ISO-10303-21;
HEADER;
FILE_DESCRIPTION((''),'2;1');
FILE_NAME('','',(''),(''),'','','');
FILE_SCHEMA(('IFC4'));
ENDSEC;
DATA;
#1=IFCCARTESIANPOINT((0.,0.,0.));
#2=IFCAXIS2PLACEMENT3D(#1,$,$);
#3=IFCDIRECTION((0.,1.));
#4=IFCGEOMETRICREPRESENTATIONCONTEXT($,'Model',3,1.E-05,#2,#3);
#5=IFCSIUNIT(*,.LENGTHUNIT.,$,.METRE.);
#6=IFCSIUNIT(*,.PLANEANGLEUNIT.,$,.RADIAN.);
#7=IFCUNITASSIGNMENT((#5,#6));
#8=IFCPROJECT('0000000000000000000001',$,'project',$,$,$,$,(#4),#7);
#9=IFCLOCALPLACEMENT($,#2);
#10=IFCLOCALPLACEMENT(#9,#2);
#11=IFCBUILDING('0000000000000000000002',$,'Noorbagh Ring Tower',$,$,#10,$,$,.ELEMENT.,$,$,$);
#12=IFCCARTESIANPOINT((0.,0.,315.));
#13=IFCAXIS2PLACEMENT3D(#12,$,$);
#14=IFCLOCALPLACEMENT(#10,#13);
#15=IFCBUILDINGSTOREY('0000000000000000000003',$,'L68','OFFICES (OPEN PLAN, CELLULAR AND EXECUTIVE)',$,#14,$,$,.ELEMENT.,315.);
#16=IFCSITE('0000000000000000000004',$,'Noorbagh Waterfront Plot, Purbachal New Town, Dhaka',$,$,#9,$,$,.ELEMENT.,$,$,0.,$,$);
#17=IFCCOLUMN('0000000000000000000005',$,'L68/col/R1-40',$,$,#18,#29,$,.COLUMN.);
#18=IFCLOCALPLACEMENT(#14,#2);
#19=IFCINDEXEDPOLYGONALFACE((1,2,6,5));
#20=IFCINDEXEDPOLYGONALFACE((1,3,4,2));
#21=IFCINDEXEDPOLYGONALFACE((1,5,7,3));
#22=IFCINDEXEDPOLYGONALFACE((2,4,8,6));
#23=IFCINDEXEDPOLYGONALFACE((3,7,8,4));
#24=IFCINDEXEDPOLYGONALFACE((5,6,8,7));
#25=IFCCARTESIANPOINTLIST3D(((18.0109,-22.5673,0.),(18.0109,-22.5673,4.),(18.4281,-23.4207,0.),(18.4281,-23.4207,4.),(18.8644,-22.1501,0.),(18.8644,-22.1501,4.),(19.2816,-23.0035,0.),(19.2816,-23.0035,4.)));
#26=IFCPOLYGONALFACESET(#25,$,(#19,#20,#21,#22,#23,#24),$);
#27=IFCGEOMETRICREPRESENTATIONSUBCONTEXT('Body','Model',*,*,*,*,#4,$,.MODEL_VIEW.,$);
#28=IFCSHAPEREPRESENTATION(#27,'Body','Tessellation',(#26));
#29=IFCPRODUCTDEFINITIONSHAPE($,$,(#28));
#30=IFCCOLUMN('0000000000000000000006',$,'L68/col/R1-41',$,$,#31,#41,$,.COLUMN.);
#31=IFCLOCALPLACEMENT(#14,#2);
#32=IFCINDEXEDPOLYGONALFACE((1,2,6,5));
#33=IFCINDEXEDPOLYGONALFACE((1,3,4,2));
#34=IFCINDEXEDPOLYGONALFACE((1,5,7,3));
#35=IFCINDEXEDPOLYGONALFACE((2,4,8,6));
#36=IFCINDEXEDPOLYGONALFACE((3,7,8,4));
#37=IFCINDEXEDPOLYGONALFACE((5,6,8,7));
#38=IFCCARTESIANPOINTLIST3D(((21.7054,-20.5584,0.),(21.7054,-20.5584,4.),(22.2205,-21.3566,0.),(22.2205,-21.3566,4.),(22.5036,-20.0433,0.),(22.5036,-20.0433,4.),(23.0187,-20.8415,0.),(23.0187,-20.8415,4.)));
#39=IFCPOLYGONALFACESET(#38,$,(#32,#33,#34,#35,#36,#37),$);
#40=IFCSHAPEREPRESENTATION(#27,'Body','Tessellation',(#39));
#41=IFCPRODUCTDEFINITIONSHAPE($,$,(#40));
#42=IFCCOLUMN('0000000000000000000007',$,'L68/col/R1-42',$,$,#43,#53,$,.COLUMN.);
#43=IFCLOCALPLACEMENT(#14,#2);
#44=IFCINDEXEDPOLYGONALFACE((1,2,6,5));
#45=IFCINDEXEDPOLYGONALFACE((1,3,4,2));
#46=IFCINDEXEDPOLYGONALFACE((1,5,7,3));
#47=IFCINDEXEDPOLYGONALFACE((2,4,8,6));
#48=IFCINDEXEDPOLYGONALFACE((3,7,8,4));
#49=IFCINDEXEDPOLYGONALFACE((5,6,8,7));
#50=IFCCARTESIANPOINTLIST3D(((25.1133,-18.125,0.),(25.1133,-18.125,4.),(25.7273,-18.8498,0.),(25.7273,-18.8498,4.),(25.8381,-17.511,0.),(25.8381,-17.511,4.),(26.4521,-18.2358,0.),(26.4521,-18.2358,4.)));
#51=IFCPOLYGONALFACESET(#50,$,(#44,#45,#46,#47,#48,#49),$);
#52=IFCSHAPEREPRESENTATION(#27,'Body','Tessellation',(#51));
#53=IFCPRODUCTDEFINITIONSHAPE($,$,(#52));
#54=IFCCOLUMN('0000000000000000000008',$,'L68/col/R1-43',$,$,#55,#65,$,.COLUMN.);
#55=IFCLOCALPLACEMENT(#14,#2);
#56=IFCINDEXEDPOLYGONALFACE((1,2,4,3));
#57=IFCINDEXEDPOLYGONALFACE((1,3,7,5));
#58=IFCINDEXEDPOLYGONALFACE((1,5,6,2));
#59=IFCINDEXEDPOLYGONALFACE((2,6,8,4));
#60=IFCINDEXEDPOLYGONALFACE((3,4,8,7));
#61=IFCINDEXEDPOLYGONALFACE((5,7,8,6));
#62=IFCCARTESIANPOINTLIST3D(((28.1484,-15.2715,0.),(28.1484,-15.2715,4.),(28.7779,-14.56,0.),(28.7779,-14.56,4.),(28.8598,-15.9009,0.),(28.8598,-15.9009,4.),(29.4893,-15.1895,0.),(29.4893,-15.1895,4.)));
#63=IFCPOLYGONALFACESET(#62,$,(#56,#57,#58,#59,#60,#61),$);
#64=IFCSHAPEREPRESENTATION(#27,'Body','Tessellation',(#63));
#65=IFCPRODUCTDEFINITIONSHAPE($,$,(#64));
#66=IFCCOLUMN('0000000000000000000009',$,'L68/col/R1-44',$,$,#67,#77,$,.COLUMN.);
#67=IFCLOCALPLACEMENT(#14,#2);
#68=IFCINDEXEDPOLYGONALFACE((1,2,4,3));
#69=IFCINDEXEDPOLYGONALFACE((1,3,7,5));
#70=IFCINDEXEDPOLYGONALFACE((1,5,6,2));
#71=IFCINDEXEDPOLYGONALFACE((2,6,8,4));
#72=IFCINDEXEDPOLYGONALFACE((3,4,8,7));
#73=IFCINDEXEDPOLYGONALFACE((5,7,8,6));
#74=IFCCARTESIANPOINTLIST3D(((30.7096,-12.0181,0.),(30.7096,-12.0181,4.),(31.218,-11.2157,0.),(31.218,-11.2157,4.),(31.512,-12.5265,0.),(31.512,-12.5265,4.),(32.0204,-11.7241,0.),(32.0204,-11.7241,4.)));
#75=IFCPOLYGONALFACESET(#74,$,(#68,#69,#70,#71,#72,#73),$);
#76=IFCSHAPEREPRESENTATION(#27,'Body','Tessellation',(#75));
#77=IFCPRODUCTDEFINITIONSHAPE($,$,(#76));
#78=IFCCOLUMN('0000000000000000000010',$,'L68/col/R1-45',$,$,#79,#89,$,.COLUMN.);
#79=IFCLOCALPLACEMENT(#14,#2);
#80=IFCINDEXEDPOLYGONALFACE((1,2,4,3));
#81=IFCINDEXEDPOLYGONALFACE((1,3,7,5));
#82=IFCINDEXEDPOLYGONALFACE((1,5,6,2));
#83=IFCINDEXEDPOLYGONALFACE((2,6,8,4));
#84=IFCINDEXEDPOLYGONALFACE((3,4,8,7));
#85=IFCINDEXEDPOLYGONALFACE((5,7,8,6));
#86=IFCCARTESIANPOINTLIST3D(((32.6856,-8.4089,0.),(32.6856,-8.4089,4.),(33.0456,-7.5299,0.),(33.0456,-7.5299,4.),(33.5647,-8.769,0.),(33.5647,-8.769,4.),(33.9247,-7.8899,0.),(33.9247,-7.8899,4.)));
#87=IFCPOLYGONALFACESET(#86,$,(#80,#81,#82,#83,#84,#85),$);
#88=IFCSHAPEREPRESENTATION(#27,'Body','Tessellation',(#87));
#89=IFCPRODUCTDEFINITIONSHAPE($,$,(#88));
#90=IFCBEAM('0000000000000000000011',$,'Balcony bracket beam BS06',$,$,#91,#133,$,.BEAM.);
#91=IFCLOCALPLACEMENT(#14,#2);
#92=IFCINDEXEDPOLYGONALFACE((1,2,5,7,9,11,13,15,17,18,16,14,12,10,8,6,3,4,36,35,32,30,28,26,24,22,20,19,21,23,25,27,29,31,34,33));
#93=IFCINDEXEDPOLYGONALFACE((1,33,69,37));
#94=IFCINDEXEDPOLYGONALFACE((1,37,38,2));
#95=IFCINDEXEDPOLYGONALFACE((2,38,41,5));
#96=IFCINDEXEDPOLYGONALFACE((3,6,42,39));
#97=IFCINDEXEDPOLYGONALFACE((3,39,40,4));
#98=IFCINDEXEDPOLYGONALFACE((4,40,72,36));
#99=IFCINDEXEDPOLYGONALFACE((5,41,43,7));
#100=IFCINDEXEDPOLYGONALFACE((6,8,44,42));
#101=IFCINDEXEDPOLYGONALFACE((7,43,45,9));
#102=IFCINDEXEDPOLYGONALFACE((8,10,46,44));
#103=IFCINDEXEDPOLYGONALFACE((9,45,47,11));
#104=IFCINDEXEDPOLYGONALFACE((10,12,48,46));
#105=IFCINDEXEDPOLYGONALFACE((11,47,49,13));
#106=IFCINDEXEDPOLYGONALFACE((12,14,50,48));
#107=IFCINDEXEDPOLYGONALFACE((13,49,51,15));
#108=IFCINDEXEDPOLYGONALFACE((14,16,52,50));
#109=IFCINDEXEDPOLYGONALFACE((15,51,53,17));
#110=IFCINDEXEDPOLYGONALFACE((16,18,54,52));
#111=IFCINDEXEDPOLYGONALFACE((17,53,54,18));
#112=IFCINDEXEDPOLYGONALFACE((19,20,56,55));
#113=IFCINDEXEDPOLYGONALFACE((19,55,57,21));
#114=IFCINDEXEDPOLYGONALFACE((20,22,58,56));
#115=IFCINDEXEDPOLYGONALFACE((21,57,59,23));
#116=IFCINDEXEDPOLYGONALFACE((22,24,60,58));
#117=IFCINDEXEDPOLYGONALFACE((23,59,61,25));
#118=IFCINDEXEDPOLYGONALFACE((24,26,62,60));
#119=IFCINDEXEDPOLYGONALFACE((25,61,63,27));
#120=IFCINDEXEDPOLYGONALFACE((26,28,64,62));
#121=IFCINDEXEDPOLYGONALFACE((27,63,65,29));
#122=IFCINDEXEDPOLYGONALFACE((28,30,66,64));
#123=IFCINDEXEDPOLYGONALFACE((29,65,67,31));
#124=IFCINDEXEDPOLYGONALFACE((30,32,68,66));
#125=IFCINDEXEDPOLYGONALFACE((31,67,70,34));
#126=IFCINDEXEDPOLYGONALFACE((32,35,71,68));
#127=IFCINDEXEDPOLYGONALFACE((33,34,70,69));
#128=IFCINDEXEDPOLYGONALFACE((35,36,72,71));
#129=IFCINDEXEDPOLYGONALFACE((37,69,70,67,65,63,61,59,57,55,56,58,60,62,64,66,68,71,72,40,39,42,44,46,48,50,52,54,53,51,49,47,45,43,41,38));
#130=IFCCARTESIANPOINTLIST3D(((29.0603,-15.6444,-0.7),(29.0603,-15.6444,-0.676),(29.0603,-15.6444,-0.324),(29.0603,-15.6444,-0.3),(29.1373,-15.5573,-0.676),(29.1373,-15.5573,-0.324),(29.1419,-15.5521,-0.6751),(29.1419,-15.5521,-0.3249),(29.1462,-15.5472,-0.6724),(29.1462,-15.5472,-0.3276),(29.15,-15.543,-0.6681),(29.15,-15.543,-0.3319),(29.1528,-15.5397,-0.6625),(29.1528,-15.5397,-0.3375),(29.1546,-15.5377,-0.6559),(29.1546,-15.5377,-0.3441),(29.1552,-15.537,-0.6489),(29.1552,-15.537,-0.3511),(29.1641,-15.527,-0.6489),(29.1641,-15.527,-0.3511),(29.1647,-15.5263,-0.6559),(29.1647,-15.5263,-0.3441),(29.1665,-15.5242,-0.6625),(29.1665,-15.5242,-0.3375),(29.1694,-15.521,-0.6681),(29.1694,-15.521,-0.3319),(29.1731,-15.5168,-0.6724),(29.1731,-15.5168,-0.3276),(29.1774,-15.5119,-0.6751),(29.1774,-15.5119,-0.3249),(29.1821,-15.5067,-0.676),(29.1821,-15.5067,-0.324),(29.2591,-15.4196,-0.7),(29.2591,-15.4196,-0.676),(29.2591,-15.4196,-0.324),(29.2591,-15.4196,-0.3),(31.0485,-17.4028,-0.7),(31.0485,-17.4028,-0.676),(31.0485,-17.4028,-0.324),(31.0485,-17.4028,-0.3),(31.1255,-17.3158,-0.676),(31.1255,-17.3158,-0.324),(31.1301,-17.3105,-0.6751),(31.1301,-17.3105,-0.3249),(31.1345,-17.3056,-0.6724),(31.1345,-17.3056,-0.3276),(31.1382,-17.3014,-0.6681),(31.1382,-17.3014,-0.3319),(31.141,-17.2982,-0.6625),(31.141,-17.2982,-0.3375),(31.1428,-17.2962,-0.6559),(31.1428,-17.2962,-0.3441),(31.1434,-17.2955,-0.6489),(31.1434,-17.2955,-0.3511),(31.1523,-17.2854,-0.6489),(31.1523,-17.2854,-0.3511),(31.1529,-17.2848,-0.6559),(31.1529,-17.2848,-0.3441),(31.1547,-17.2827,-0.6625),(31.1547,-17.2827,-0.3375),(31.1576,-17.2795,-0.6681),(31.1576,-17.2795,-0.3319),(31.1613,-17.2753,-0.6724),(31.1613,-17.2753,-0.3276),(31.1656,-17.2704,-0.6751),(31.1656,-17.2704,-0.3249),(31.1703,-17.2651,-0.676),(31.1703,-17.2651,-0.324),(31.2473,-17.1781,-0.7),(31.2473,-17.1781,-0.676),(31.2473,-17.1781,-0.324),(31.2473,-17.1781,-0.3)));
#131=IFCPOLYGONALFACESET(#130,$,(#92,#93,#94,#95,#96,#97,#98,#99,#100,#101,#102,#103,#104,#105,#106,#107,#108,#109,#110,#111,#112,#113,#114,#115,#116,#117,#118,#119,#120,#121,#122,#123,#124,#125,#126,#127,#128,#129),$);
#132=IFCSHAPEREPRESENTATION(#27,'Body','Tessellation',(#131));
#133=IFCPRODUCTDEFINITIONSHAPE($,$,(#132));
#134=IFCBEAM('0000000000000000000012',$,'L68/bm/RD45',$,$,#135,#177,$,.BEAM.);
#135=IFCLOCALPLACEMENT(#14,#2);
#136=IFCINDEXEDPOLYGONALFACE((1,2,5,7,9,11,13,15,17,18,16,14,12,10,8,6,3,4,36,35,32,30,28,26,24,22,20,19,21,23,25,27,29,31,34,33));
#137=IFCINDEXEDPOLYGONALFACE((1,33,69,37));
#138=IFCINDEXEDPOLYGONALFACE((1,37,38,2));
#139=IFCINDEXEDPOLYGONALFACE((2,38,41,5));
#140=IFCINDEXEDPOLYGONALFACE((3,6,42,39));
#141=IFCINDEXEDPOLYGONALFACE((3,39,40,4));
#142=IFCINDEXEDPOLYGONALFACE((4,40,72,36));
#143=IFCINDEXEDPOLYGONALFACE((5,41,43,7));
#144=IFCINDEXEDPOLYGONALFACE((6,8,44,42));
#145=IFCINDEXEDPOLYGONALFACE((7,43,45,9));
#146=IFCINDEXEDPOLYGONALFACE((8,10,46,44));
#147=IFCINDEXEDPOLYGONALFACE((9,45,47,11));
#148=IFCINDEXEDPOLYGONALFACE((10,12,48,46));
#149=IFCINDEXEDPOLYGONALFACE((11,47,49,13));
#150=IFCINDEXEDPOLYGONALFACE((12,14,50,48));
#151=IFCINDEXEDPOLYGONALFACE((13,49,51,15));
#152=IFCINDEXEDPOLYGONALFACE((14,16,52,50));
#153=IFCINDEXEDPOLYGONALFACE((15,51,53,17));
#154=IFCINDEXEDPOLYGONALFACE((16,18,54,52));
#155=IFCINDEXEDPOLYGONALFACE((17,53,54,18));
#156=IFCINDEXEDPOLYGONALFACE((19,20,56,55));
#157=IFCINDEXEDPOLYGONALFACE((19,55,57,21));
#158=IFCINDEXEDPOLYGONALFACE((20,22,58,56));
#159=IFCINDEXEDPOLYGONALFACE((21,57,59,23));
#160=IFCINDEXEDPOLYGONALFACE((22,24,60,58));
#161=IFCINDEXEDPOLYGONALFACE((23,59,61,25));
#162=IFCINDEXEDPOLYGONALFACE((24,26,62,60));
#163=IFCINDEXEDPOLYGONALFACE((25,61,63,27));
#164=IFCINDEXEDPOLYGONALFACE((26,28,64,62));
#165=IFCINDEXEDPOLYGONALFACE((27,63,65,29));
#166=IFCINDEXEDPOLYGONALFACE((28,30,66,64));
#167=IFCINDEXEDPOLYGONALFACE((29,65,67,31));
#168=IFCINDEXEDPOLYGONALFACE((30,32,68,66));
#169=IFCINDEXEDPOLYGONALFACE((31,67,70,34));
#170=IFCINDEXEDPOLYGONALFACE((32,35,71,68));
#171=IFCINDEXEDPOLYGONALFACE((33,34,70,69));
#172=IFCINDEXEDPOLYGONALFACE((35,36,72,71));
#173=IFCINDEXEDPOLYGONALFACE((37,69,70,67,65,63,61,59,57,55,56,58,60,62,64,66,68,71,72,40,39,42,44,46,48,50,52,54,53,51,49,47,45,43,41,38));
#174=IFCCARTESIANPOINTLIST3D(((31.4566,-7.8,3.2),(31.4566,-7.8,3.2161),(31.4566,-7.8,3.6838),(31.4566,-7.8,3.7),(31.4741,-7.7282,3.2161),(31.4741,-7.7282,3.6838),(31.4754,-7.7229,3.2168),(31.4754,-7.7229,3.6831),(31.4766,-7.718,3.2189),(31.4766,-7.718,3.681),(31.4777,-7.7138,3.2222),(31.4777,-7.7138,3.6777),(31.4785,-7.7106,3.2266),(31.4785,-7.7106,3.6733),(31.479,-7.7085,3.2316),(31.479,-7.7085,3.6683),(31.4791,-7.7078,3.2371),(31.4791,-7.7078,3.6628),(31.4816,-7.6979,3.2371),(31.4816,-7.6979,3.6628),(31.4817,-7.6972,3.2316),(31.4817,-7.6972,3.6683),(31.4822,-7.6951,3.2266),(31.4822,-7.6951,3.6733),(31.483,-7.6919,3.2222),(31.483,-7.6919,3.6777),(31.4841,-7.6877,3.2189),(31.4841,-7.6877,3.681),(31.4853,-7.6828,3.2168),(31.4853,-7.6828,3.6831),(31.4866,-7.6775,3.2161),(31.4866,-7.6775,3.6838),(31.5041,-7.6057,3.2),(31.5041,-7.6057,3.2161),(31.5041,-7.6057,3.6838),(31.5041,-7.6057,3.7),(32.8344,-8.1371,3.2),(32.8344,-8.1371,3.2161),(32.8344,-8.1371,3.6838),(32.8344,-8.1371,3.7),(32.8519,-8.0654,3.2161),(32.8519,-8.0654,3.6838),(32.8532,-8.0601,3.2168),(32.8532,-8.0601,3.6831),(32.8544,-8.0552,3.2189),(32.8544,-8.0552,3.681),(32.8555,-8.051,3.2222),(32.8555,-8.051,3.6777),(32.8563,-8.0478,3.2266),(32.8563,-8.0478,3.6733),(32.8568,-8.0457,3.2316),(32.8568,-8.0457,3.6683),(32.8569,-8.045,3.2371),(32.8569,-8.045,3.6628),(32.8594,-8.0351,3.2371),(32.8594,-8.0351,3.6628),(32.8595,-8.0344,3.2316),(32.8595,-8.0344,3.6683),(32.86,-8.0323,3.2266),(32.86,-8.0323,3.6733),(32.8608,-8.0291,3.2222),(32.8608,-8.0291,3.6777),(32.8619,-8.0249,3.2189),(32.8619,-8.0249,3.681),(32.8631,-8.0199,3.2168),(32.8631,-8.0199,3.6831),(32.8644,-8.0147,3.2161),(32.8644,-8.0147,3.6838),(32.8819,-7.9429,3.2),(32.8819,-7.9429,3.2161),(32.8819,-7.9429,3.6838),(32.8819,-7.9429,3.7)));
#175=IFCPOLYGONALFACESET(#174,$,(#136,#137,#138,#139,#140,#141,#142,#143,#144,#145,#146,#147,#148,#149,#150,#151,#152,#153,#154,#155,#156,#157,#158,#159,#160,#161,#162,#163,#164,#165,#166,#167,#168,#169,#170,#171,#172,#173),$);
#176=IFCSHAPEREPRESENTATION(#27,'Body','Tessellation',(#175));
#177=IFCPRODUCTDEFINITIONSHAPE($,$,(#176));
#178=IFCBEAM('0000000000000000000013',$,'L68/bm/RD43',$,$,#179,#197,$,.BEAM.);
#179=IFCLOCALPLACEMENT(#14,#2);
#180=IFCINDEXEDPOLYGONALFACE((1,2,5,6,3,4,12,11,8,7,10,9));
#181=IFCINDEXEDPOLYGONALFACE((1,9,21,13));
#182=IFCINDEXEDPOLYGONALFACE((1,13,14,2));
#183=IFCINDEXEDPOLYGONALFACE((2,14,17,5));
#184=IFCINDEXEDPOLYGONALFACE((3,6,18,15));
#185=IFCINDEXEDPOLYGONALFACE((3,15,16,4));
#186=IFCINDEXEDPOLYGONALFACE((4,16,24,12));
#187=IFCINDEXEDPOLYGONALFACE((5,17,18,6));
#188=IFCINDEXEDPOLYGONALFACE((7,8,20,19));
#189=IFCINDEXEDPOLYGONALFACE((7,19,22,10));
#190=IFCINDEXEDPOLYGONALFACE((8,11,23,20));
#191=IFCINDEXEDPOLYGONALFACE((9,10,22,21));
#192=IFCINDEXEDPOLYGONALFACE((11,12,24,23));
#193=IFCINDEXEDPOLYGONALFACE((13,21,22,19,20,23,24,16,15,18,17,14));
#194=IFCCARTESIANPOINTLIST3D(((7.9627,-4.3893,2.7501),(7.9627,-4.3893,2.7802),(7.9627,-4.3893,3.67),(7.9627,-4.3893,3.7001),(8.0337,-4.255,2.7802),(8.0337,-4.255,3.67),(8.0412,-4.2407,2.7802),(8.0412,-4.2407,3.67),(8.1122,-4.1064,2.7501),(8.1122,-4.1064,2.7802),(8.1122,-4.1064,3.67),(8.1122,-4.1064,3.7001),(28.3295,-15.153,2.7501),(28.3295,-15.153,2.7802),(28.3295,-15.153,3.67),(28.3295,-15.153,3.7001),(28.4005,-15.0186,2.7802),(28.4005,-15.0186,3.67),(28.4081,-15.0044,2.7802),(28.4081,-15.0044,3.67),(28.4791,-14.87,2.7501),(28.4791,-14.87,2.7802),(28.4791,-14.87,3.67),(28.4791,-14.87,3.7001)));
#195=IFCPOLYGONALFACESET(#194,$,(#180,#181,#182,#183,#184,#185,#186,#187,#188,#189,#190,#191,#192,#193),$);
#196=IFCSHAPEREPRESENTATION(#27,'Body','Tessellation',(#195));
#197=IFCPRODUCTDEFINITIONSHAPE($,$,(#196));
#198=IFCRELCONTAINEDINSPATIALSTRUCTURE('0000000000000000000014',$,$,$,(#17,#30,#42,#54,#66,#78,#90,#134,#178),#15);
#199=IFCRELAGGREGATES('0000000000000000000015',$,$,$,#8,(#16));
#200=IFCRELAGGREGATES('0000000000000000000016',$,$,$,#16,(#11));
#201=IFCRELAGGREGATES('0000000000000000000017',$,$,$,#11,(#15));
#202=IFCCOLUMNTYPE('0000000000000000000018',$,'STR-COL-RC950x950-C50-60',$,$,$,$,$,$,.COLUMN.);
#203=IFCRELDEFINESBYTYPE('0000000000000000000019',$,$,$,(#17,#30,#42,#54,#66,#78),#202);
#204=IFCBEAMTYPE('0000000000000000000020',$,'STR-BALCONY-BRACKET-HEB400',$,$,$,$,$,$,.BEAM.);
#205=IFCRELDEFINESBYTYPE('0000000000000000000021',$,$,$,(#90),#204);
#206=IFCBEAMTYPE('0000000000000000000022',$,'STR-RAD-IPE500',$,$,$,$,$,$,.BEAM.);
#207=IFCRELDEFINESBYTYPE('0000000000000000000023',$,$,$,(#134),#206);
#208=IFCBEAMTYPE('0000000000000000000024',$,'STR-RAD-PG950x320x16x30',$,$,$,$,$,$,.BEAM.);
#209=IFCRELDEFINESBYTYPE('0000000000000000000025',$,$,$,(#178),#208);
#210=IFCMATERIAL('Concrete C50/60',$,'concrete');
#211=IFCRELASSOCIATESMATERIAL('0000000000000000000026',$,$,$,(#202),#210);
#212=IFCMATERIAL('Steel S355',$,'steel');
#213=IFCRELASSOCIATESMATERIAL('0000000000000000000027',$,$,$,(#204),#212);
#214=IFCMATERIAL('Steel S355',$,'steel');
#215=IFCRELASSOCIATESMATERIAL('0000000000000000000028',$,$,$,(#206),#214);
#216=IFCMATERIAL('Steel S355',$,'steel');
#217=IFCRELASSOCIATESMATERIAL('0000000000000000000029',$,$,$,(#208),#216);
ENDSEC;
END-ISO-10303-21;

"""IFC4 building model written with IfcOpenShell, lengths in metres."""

from ifc_helpers import new_model, si_unit, direction, frame, origin, origin_2d, place, context, subcontext, project, spatial, rectangle, i_section, extrude, material, material_profile, profile_set, type_object, element, save


model = new_model("IFC4")

# Units and contexts
model_context = context("Model", 3, precision=1e-05, world=origin(), true_north=direction((0.0, 1.0)))
body_context = subcontext(model_context, "Body", "Model", "MODEL_VIEW")
ifc_project = project(units=[si_unit("LENGTHUNIT", "METRE"), si_unit("PLANEANGLEUNIT", "RADIAN")], contexts=[model_context])

# Site, building, storey
site_placement = place(None, origin())
site = spatial("IfcSite", under=ifc_project, at=site_placement, Name="Noorbagh Waterfront Plot, Purbachal New Town, Dhaka", CompositionType="ELEMENT", RefElevation=0.0)
building_placement = place(site_placement, origin())
building = spatial("IfcBuilding", under=site, at=building_placement, Name="Noorbagh Ring Tower", CompositionType="ELEMENT")
storey_placement = place(building_placement, frame((0.0, 0.0, 315.0)))
storey = spatial("IfcBuildingStorey", under=building, at=storey_placement, Name="L68", Description="OFFICES (OPEN PLAN, CELLULAR AND EXECUTIVE)", CompositionType="ELEMENT", Elevation=315.0)

# Columns
ifc_material_1 = material(Name="Concrete C50/60", Category="concrete")
ifc_material_profile_1 = material_profile(ifc_material_1, rectangle(XDim=0.95, YDim=0.95, at=origin_2d()), Name="RC950x950")
ifc_profile_set_1 = profile_set([ifc_material_profile_1], Name="Concrete C50/60")
column_type = type_object("IfcColumnType", Name="STR-COL-RC950x950-C50-60", PredefinedType="COLUMN", material=ifc_profile_set_1)
for number, where, z_axis, x_axis, name in (
    (1, (18.6462, -22.7854, 0.0), (0.0, 0.0, 1.0), (0.898399, 0.43918, 0.0), "L68/col/R1-40"),
    (2, (22.3621, -20.7, 0.0), (0.0, 0.0, 1.0), (0.840248, 0.542203, 0.0), "L68/col/R1-41"),
    (3, (25.7827, -18.1804, 0.0), (0.0, 0.0, 1.0), (0.763035, 0.646357, 0.0), "L68/col/R1-42"),
    (4, (28.8188, -15.2305, 0.0), (0.0, 0.0, 1.0), (0.662636, 0.748942, 0.0), "L68/col/R1-43"),
    (5, (31.365, -11.8711, 0.0), (0.0, 0.0, 1.0), (0.53519, 0.844731, 0.0), "L68/col/R1-44"),
    (6, (33.3052, -8.1494, 0.0), (0.0, 0.0, 1.0), (0.378989, 0.925401, 0.0), "L68/col/R1-45"),
):
    element("IfcColumn", number, at=place(storey_placement, frame(where, z_axis=z_axis, x_axis=x_axis)), inside=storey, type_object=column_type, Name=name, PredefinedType="COLUMN", context=body_context, shape_type="SweptSolid", body=[
        extrude(rectangle(XDim=0.95, YDim=0.95, at=origin_2d()), origin(), (0.0, 0.0, 1.0), 4.0),
    ])

# Beams
ifc_material_2 = material(Name="Steel S355", Category="steel")
ifc_material_profile_2 = material_profile(ifc_material_2, i_section(OverallWidth=0.3, OverallDepth=0.3999, WebThickness=0.0134, FlangeThickness=0.0239, FilletRadius=0.0271, at=origin_2d()), Name="HEB400")
ifc_profile_set_2 = profile_set([ifc_material_profile_2], Name="Steel S355")
beam_type_1 = type_object("IfcBeamType", Name="STR-BALCONY-BRACKET-HEB400", PredefinedType="BEAM", material=ifc_profile_set_2)
beam_1_placement = place(storey_placement, frame((29.1597, -15.532, -0.5), z_axis=(0.749056, -0.662506, 0.0), x_axis=(0.662506, 0.749056, 0.0)))
element("IfcBeam", 7, at=beam_1_placement, inside=storey, type_object=beam_type_1, Name="Balcony bracket beam BS06", PredefinedType="BEAM", context=body_context, shape_type="SweptSolid", body=[
    extrude(i_section(OverallWidth=0.3, OverallDepth=0.3999, WebThickness=0.0134, FlangeThickness=0.0239, FilletRadius=0.0271, at=origin_2d()), origin(), (0.0, 0.0, 1.0), 2.6543),
])
ifc_material_3 = material(Name="Steel S355", Category="steel")
ifc_material_profile_3 = material_profile(ifc_material_3, i_section(OverallWidth=0.2, OverallDepth=0.5, WebThickness=0.0103, FlangeThickness=0.0161, FilletRadius=0.021, at=origin_2d()), Name="IPE500")
ifc_profile_set_3 = profile_set([ifc_material_profile_3], Name="Steel S355")
beam_type_2 = type_object("IfcBeamType", Name="STR-RAD-IPE500", PredefinedType="BEAM", material=ifc_profile_set_3)
beam_2_placement = place(storey_placement, frame((32.8582, -8.04, 3.45), z_axis=(-0.971335, 0.237713, 0.0), x_axis=(-0.237713, -0.971335, 0.0)))
element("IfcBeam", 8, at=beam_2_placement, inside=storey, type_object=beam_type_2, Name="L68/bm/RD45", PredefinedType="BEAM", context=body_context, shape_type="SweptSolid", body=[
    extrude(i_section(OverallWidth=0.2, OverallDepth=0.5, WebThickness=0.0103, FlangeThickness=0.0161, FilletRadius=0.021, at=origin_2d()), origin(), (0.0, 0.0, 1.0), 1.4185),
])
ifc_material_4 = material(Name="Steel S355", Category="steel")
ifc_material_profile_4 = material_profile(ifc_material_4, i_section(OverallWidth=0.3201, OverallDepth=0.95, WebThickness=0.0161, FlangeThickness=0.03, at=origin_2d()), Name="PG950x320x16x30")
ifc_profile_set_4 = profile_set([ifc_material_profile_4], Name="Steel S355")
beam_type_3 = type_object("IfcBeamType", Name="STR-RAD-PG950x320x16x30", PredefinedType="BEAM", material=ifc_profile_set_4)
beam_3_placement = place(storey_placement, frame((28.4043, -15.0115, 3.2251), z_axis=(-0.884126, 0.467249, 0.0), x_axis=(-0.467249, -0.884126, 0.0)))
element("IfcBeam", 9, at=beam_3_placement, inside=storey, type_object=beam_type_3, Name="L68/bm/RD43", PredefinedType="BEAM", context=body_context, shape_type="SweptSolid", body=[
    extrude(i_section(OverallWidth=0.3201, OverallDepth=0.95, WebThickness=0.0161, FlangeThickness=0.03, at=origin_2d()), origin(), (0.0, 0.0, 1.0), 23.0361),
])

save(model, "model.ifc")
